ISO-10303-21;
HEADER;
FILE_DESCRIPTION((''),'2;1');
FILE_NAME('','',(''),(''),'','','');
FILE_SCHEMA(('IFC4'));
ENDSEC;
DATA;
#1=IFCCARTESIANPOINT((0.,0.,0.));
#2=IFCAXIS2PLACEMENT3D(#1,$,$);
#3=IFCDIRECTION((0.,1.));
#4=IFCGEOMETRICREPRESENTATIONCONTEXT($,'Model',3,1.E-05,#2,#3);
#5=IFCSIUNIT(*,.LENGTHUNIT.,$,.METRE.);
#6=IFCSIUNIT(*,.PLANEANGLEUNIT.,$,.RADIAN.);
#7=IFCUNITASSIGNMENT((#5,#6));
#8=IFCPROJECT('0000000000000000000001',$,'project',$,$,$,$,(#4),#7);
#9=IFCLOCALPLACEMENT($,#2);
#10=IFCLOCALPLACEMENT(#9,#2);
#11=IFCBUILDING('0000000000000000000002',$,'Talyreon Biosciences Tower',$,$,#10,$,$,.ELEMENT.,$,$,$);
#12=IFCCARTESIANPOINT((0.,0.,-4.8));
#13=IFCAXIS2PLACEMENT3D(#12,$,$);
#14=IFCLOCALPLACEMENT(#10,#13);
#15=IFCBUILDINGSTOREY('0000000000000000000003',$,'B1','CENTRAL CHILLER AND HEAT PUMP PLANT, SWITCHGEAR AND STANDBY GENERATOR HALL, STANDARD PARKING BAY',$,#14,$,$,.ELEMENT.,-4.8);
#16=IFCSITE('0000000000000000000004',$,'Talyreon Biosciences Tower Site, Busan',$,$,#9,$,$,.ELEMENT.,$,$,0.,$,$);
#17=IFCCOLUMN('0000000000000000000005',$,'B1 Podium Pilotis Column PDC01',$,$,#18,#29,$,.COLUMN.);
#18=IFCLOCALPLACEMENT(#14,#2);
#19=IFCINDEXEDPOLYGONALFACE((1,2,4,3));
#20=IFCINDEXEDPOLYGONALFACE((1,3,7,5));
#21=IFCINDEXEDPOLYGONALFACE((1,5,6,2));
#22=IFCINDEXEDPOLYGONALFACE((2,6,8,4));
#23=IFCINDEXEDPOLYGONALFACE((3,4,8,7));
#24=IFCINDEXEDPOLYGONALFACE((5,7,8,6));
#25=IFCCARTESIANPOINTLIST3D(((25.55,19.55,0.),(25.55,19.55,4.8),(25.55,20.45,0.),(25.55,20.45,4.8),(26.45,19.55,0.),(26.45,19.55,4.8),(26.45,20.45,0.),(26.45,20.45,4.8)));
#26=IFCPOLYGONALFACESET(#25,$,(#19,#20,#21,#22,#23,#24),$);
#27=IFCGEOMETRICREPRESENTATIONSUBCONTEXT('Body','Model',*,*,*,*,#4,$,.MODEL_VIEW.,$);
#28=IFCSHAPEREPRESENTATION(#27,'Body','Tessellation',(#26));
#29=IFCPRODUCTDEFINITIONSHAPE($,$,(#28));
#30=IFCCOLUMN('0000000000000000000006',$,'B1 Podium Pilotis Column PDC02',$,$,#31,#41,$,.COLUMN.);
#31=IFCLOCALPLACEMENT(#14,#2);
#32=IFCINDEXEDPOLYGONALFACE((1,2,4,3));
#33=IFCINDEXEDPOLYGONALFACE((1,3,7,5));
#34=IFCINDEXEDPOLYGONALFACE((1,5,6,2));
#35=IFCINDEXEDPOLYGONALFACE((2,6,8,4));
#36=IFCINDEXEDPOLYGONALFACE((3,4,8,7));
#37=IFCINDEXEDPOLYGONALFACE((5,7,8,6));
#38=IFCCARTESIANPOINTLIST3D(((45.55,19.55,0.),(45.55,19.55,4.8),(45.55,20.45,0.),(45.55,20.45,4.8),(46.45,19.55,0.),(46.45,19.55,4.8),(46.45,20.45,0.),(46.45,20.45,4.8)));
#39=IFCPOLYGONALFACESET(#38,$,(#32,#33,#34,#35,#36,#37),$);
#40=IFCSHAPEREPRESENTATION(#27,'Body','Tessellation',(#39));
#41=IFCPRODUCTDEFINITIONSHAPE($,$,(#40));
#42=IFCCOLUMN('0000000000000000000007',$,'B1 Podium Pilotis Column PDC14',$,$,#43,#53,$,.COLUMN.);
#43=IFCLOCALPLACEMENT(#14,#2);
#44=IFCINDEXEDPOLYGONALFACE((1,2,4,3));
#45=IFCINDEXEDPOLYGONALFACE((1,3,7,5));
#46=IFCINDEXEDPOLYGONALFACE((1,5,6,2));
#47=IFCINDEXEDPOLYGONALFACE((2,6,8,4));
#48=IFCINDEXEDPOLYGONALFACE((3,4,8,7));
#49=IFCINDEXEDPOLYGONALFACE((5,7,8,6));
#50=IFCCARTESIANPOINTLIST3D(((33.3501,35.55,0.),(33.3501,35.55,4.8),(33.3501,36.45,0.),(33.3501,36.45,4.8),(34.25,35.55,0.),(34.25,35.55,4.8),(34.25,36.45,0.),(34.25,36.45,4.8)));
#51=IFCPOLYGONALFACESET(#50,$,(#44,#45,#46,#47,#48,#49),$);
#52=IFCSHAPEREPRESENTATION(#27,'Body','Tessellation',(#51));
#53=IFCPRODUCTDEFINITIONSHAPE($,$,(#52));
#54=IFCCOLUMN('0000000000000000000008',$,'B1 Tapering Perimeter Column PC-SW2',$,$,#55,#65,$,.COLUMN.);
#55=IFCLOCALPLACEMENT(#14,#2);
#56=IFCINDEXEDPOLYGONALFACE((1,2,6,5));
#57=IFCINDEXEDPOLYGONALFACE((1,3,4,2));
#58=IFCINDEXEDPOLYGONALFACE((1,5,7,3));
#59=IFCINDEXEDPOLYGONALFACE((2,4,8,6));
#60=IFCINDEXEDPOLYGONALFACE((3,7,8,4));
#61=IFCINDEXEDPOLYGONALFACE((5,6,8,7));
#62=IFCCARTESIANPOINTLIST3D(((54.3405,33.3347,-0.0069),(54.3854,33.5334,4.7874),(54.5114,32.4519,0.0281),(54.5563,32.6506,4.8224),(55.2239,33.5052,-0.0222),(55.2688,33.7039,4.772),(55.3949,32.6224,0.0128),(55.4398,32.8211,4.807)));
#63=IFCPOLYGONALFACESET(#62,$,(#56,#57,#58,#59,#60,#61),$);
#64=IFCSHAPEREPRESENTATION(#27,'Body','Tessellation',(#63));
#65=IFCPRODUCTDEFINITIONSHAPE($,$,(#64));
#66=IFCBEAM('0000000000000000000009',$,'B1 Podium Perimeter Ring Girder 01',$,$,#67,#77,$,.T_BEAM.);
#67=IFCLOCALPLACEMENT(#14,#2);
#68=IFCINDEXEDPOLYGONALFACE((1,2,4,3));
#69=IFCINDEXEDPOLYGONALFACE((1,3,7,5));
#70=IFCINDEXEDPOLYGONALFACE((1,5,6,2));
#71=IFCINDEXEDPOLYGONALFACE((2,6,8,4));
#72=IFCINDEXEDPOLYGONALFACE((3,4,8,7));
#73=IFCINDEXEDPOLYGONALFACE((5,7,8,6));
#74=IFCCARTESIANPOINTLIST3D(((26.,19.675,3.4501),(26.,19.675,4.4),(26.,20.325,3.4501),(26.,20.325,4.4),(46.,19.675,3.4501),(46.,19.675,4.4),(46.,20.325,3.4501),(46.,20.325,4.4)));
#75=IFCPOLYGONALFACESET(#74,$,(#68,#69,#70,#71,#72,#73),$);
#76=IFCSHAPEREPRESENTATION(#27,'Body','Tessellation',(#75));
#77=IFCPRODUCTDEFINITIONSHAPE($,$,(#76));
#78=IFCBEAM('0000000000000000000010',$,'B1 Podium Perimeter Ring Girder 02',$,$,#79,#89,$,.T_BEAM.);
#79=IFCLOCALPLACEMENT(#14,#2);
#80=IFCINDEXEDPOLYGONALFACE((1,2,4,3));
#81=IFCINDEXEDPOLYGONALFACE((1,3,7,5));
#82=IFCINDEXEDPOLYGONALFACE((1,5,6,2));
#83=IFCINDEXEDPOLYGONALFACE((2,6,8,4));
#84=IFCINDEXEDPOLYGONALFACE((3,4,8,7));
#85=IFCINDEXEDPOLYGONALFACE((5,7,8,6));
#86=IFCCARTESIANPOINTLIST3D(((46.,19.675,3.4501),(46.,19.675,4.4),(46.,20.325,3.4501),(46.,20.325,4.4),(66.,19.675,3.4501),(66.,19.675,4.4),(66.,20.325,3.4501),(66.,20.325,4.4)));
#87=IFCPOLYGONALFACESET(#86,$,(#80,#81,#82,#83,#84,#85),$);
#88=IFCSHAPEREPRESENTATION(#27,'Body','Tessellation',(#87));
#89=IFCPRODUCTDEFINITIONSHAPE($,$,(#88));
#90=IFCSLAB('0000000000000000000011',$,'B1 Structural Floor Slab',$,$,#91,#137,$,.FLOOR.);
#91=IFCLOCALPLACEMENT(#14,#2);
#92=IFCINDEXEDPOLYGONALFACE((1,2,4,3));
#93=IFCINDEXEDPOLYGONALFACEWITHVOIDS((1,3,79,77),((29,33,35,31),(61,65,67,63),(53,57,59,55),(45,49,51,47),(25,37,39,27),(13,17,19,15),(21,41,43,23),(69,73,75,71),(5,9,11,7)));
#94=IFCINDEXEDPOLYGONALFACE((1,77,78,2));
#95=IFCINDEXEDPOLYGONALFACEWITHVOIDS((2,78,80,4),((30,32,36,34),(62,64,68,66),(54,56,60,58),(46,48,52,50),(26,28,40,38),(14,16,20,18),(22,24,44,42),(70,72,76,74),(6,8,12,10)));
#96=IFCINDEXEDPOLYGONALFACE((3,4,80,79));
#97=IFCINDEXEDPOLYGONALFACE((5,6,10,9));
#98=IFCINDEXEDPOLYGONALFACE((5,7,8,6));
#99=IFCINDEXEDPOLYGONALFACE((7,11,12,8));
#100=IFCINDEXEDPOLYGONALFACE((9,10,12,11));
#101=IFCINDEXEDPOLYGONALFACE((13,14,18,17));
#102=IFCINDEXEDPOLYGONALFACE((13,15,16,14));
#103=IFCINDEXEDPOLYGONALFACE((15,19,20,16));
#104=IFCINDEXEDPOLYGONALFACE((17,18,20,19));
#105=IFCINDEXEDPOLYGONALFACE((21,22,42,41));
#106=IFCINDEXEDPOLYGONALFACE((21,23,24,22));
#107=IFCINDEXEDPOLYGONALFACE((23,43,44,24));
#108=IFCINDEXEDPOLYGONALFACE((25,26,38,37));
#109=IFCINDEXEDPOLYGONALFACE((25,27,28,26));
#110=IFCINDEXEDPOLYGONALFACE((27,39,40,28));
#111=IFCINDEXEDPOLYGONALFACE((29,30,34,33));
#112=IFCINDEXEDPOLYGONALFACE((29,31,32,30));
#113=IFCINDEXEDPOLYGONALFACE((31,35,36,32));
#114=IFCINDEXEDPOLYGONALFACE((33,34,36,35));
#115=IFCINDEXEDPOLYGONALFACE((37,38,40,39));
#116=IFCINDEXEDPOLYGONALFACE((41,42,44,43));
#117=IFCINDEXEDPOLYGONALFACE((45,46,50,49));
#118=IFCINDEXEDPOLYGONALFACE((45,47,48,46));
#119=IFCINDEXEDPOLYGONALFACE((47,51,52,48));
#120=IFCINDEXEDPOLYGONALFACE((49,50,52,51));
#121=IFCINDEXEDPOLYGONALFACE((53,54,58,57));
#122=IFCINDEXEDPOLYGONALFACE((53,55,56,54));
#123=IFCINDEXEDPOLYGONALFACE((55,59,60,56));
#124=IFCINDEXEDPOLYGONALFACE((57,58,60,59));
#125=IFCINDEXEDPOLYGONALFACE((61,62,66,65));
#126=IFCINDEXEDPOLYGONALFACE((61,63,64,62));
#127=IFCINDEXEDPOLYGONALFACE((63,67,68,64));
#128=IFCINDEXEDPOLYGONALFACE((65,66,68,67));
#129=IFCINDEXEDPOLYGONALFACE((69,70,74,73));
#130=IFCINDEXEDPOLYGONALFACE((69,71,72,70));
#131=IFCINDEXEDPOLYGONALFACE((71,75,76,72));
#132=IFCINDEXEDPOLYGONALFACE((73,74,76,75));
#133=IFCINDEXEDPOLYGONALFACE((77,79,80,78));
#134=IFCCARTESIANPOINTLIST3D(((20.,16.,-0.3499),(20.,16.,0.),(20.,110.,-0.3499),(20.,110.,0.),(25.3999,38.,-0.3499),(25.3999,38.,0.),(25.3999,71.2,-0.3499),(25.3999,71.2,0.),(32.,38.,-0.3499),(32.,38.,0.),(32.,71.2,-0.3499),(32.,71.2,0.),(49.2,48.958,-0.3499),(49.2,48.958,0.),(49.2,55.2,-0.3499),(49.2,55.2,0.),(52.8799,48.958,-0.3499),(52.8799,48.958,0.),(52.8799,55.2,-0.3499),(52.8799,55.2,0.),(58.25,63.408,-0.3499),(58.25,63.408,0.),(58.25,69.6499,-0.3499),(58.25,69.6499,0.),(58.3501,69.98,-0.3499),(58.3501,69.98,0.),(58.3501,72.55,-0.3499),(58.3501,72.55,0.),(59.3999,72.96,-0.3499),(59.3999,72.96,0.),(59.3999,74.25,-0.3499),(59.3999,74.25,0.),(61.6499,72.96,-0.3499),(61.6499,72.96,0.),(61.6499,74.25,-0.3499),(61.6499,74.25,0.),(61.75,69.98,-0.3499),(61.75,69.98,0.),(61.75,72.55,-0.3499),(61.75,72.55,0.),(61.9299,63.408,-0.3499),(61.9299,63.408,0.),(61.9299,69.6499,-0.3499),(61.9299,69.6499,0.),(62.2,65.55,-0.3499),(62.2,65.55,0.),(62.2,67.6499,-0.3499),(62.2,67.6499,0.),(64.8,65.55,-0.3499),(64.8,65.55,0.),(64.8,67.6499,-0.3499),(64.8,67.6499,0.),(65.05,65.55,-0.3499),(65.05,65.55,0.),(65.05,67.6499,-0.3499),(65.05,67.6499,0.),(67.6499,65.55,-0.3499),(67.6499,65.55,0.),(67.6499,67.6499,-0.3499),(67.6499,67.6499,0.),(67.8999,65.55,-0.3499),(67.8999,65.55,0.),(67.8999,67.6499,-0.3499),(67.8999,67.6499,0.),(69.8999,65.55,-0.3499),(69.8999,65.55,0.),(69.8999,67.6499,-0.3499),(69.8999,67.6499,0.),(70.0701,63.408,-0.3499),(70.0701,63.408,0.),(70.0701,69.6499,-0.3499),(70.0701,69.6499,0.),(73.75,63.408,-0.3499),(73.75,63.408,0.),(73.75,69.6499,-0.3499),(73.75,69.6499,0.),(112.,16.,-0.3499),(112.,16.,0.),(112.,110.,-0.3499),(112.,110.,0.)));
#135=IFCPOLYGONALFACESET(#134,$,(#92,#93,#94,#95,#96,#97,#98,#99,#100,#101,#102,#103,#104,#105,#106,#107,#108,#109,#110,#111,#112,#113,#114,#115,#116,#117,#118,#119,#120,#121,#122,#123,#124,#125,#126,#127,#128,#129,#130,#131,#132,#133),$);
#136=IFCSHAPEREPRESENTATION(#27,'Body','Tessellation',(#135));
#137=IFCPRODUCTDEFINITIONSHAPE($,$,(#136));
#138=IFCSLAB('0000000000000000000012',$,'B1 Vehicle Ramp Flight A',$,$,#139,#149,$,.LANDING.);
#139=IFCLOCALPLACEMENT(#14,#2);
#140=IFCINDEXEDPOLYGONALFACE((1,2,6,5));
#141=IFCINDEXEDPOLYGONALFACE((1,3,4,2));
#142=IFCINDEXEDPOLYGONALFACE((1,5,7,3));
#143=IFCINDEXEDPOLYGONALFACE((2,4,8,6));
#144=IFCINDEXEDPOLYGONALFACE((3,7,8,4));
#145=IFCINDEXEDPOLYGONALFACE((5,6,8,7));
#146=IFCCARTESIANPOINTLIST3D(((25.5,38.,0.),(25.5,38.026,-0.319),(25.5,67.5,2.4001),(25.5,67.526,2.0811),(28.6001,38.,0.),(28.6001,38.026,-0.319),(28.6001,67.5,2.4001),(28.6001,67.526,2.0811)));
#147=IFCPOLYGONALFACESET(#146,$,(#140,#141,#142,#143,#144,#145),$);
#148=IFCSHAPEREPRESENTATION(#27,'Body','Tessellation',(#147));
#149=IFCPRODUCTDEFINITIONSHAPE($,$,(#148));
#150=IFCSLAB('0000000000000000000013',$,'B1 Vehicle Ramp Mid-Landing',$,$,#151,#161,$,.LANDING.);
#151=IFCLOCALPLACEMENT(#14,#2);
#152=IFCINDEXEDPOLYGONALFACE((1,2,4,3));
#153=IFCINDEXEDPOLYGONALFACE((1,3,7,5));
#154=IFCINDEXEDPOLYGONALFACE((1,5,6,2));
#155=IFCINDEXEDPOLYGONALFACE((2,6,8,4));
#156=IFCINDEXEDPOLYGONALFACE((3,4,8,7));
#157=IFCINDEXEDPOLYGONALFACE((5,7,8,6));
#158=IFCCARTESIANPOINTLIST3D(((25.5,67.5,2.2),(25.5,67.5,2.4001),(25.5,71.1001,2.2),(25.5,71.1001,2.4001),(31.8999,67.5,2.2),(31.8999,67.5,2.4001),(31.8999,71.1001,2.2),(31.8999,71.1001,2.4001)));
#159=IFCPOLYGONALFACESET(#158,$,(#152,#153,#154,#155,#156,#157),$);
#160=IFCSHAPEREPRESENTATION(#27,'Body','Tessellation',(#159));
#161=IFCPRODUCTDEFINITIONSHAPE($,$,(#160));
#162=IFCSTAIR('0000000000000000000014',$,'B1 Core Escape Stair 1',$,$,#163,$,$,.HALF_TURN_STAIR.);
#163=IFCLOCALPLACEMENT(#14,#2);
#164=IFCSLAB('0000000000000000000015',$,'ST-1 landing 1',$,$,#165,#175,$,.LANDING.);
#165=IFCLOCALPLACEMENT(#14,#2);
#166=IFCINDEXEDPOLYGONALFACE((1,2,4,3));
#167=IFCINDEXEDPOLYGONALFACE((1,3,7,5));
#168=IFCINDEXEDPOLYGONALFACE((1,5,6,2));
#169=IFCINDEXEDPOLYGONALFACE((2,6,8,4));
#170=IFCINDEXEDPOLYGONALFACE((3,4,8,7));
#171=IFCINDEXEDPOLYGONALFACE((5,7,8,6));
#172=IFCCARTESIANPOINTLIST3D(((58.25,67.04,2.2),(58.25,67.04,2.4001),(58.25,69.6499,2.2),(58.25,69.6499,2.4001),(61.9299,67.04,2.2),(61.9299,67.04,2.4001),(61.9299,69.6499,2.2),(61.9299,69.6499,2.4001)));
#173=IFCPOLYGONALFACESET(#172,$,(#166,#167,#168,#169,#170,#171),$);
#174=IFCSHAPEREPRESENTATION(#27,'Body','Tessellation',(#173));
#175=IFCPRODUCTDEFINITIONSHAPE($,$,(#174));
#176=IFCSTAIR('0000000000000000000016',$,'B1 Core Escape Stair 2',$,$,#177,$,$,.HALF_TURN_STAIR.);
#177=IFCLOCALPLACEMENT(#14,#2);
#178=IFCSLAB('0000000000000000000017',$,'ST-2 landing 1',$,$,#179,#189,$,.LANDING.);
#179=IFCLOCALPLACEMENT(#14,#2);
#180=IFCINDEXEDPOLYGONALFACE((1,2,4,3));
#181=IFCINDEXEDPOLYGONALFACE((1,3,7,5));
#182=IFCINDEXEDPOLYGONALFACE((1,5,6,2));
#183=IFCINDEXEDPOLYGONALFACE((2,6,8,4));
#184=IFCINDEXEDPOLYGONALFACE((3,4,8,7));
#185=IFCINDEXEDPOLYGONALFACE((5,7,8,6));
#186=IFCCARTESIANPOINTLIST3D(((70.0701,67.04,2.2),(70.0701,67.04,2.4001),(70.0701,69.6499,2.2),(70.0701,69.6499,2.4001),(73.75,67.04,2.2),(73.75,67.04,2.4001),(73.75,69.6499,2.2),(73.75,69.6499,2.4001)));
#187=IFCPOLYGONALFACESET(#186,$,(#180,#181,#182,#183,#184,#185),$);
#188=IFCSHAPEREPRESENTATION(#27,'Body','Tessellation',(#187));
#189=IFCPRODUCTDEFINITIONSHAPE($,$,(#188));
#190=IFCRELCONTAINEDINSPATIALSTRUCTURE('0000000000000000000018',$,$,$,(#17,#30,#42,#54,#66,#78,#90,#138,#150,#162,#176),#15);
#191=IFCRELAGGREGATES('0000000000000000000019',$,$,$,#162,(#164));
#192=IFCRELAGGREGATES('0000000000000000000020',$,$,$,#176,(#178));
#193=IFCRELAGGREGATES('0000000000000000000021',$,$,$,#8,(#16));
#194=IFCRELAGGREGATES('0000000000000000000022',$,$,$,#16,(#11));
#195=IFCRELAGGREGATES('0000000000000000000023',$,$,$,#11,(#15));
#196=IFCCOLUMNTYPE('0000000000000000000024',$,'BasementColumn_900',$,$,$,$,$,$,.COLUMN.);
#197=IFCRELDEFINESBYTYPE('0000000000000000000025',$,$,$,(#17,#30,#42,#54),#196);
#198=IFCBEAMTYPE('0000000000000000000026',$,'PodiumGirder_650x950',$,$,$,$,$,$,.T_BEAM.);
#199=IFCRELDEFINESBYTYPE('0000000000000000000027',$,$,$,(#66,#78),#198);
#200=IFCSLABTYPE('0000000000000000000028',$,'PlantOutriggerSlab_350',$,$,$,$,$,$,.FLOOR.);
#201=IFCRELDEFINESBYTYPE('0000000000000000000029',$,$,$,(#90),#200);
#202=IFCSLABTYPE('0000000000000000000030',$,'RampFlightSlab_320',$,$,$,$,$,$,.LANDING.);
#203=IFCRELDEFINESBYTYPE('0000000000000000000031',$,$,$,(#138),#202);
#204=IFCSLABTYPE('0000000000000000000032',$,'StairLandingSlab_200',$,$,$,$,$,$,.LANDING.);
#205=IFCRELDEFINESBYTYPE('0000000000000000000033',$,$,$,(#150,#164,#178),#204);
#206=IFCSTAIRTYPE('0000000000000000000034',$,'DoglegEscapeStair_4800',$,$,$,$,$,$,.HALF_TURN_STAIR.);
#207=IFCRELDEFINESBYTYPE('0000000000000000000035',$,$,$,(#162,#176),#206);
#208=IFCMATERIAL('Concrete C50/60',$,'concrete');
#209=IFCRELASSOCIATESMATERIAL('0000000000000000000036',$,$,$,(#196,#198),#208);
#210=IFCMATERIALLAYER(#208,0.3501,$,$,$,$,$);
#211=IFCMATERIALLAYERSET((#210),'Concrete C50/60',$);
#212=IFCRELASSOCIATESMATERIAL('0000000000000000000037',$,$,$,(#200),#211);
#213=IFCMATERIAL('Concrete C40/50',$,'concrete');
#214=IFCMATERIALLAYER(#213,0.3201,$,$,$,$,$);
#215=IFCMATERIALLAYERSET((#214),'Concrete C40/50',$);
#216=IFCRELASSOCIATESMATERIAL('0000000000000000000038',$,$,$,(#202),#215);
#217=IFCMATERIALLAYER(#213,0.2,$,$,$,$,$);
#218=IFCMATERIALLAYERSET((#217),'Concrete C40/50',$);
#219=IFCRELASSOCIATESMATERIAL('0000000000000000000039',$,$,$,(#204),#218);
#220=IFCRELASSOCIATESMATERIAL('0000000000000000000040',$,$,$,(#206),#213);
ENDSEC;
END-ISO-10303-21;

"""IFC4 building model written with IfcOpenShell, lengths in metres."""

from ifc_helpers import new_model, si_unit, direction, frame, origin, origin_2d, place, context, subcontext, project, spatial, polyline, rectangle, outline, extrude, material, layer, layer_set, material_profile, profile_set, type_object, element, aggregate, save


model = new_model("IFC4")

# Units and contexts
model_context = context("Model", 3, precision=1e-05, world=origin(), true_north=direction((0.0, 1.0)))
body_context = subcontext(model_context, "Body", "Model", "MODEL_VIEW")
ifc_project = project(units=[si_unit("LENGTHUNIT", "METRE"), si_unit("PLANEANGLEUNIT", "RADIAN")], contexts=[model_context])

# Site, building, storey
site_placement = place(None, origin())
site = spatial("IfcSite", under=ifc_project, at=site_placement, Name="Talyreon Biosciences Tower Site, Busan", CompositionType="ELEMENT", RefElevation=0.0)
building_placement = place(site_placement, origin())
building = spatial("IfcBuilding", under=site, at=building_placement, Name="Talyreon Biosciences Tower", CompositionType="ELEMENT")
storey_placement = place(building_placement, frame((0.0, 0.0, -4.8)))
storey = spatial("IfcBuildingStorey", under=building, at=storey_placement, Name="B1", Description="CENTRAL CHILLER AND HEAT PUMP PLANT, SWITCHGEAR AND STANDBY GENERATOR HALL, STANDARD PARKING BAY", CompositionType="ELEMENT", Elevation=-4.8)

# Columns
ifc_material_1 = material(Name="Concrete C50/60", Category="concrete")
ifc_material_profile_1 = material_profile(ifc_material_1, rectangle(XDim=0.8999, YDim=0.8999, at=origin_2d()), Name="RC 900x900")
ifc_profile_set_1 = profile_set([ifc_material_profile_1], Name="Concrete C50/60")
column_type = type_object("IfcColumnType", Name="BasementColumn_900", PredefinedType="COLUMN", material=ifc_profile_set_1)
for number, where, z_axis, x_axis, name in (
    (1, (26.0, 20.0, 0.0), (0.0, 0.0, 1.0), (1.0, 0.0, 0.0), "B1 Podium Pilotis Column PDC01"),
    (2, (46.0, 20.0, 0.0), (0.0, 0.0, 1.0), (1.0, 0.0, 0.0), "B1 Podium Pilotis Column PDC02"),
    (3, (33.8, 36.0, 0.0), (0.0, 0.0, 1.0), (1.0, 0.0, 0.0), "B1 Podium Pilotis Column PDC14"),
):
    element("IfcColumn", number, at=place(storey_placement, frame(where, z_axis=z_axis, x_axis=x_axis)), inside=storey, type_object=column_type, Name=name, PredefinedType="COLUMN", context=body_context, shape_type="SweptSolid", body=[
        extrude(rectangle(XDim=0.8999, YDim=0.8999, at=origin_2d()), origin(), (0.0, 0.0, 1.0), 4.8),
    ])
column_placement = place(storey_placement, frame((54.8677, 32.9785, 0.0029), z_axis=(0.009362, 0.041415, 0.999098), x_axis=(-0.189992, 0.981015, -0.038885)))
element("IfcColumn", 4, at=column_placement, inside=storey, type_object=column_type, Name="B1 Tapering Perimeter Column PC-SW2", PredefinedType="COLUMN", context=body_context, shape_type="SweptSolid", body=[
    extrude(rectangle(XDim=0.8999, YDim=0.8999, at=origin_2d()), origin(), (0.0, 0.0, 1.0), 4.7986),
])

# Beams
ifc_material_profile_2 = material_profile(ifc_material_1, rectangle(XDim=0.6499, YDim=0.95, at=origin_2d()), Name="RCB 650x950")
ifc_profile_set_2 = profile_set([ifc_material_profile_2], Name="Concrete C50/60")
beam_type = type_object("IfcBeamType", Name="PodiumGirder_650x950", PredefinedType="T_BEAM", material=ifc_profile_set_2)
for number, where, z_axis, x_axis, name in (
    (5, (26.0, 20.0, 3.925), (1.0, 0.0, 0.0), (0.0, 1.0, 0.0), "B1 Podium Perimeter Ring Girder 01"),
    (6, (46.0, 20.0, 3.925), (1.0, 0.0, 0.0), (0.0, 1.0, 0.0), "B1 Podium Perimeter Ring Girder 02"),
):
    element("IfcBeam", number, at=place(storey_placement, frame(where, z_axis=z_axis, x_axis=x_axis)), inside=storey, type_object=beam_type, Name=name, PredefinedType="T_BEAM", context=body_context, shape_type="SweptSolid", body=[
        extrude(rectangle(XDim=0.6499, YDim=0.95, at=origin_2d()), origin(), (0.0, 0.0, 1.0), 20.0),
    ])

# Slabs
ifc_layer_1 = layer(ifc_material_1, 0.3501)
ifc_layer_set_1 = layer_set([ifc_layer_1], Name="Concrete C50/60")
slab_type_1 = type_object("IfcSlabType", Name="PlantOutriggerSlab_350", PredefinedType="FLOOR", material=ifc_layer_set_1)
slab_1_placement = place(storey_placement, frame((0.0, 0.0, -0.3499)))
element("IfcSlab", 7, at=slab_1_placement, inside=storey, type_object=slab_type_1, Name="B1 Structural Floor Slab", PredefinedType="FLOOR", context=body_context, shape_type="SweptSolid", body=[
    extrude(outline(polyline([(20.0, 16.0), (112.0, 16.0), (112.0, 110.0), (20.0, 110.0), (20.0, 16.0)]), holes=[polyline([(52.8799, 55.2), (52.8799, 48.958), (49.2, 48.958), (49.2, 55.2), (52.8799, 55.2)]), polyline([(32.0, 71.2), (32.0, 38.0), (25.3999, 38.0), (25.3999, 71.2), (32.0, 71.2)]), polyline([(61.9299, 69.6499), (61.9299, 63.408), (58.25, 63.408), (58.25, 69.6499), (61.9299, 69.6499)]), polyline([(73.75, 69.6499), (73.75, 63.408), (70.0701, 63.408), (70.0701, 69.6499), (73.75, 69.6499)]), polyline([(64.8, 67.6499), (64.8, 65.55), (62.2, 65.55), (62.2, 67.6499), (64.8, 67.6499)]), polyline([(67.6499, 67.6499), (67.6499, 65.55), (65.05, 65.55), (65.05, 67.6499), (67.6499, 67.6499)]), polyline([(69.8999, 67.6499), (69.8999, 65.55), (67.8999, 65.55), (67.8999, 67.6499), (69.8999, 67.6499)]), polyline([(61.75, 69.98), (58.3501, 69.98), (58.3501, 72.55), (61.75, 72.55), (61.75, 69.98)]), polyline([(61.6499, 72.96), (59.3999, 72.96), (59.3999, 74.25), (61.6499, 74.25), (61.6499, 72.96)])]), origin(), (0.0, 0.0, 1.0), 0.3499),
])
ifc_material_2 = material(Name="Concrete C40/50", Category="concrete")
ifc_layer_2 = layer(ifc_material_2, 0.3201)
ifc_layer_set_2 = layer_set([ifc_layer_2], Name="Concrete C40/50")
slab_type_2 = type_object("IfcSlabType", Name="RampFlightSlab_320", PredefinedType="LANDING", material=ifc_layer_set_2)
slab_2_placement = place(storey_placement, frame((25.5, 38.0, 0.0), z_axis=(0.0, -0.081093, 0.996707), x_axis=(1.0, 0.0, 0.0)))
element("IfcSlab", 8, at=slab_2_placement, inside=storey, type_object=slab_type_2, Name="B1 Vehicle Ramp Flight A", PredefinedType="LANDING", context=body_context, shape_type="SweptSolid", body=[
    extrude(outline(polyline([(0.0, 0.0), (3.1001, 0.0), (3.1001, 29.5975), (0.0, 29.5975), (0.0, 0.0)])), origin(), (0.0, 0.0, -1.0), 0.3201),
])
ifc_layer_3 = layer(ifc_material_2, 0.2)
ifc_layer_set_3 = layer_set([ifc_layer_3], Name="Concrete C40/50")
slab_type_3 = type_object("IfcSlabType", Name="StairLandingSlab_200", PredefinedType="LANDING", material=ifc_layer_set_3)
slab_3_placement = place(storey_placement, frame((0.0, 0.0, 2.2)))
element("IfcSlab", 9, at=slab_3_placement, inside=storey, type_object=slab_type_3, Name="B1 Vehicle Ramp Mid-Landing", PredefinedType="LANDING", context=body_context, shape_type="SweptSolid", body=[
    extrude(outline(polyline([(25.5, 67.5), (31.8999, 67.5), (31.8999, 71.1001), (25.5, 71.1001), (25.5, 67.5)])), origin(), (0.0, 0.0, 1.0), 0.2002),
])

# Stairs, slabs
stair_type = type_object("IfcStairType", Name="DoglegEscapeStair_4800", PredefinedType="HALF_TURN_STAIR", material=ifc_material_2)
stair_1_placement = place(storey_placement, origin())
stair_1 = element("IfcStair", 10, at=stair_1_placement, inside=storey, type_object=stair_type, Name="B1 Core Escape Stair 1", PredefinedType="HALF_TURN_STAIR")
slab_4_placement = place(storey_placement, frame((0.0, 0.0, 2.2)))
slab_4 = element("IfcSlab", 11, at=slab_4_placement, type_object=slab_type_3, Name="ST-1 landing 1", PredefinedType="LANDING", context=body_context, shape_type="SweptSolid", body=[
    extrude(outline(polyline([(61.9299, 67.04), (61.9299, 69.6499), (58.25, 69.6499), (58.25, 67.04), (61.9299, 67.04)])), origin(), (0.0, 0.0, 1.0), 0.2002),
])
aggregate(stair_1, [slab_4])
stair_2_placement = place(storey_placement, origin())
stair_2 = element("IfcStair", 12, at=stair_2_placement, inside=storey, type_object=stair_type, Name="B1 Core Escape Stair 2", PredefinedType="HALF_TURN_STAIR")
slab_5_placement = place(storey_placement, frame((0.0, 0.0, 2.2)))
slab_5 = element("IfcSlab", 13, at=slab_5_placement, type_object=slab_type_3, Name="ST-2 landing 1", PredefinedType="LANDING", context=body_context, shape_type="SweptSolid", body=[
    extrude(outline(polyline([(73.75, 67.04), (73.75, 69.6499), (70.0701, 69.6499), (70.0701, 67.04), (73.75, 67.04)])), origin(), (0.0, 0.0, 1.0), 0.2002),
])
aggregate(stair_2, [slab_5])

save(model, "model.ifc")
